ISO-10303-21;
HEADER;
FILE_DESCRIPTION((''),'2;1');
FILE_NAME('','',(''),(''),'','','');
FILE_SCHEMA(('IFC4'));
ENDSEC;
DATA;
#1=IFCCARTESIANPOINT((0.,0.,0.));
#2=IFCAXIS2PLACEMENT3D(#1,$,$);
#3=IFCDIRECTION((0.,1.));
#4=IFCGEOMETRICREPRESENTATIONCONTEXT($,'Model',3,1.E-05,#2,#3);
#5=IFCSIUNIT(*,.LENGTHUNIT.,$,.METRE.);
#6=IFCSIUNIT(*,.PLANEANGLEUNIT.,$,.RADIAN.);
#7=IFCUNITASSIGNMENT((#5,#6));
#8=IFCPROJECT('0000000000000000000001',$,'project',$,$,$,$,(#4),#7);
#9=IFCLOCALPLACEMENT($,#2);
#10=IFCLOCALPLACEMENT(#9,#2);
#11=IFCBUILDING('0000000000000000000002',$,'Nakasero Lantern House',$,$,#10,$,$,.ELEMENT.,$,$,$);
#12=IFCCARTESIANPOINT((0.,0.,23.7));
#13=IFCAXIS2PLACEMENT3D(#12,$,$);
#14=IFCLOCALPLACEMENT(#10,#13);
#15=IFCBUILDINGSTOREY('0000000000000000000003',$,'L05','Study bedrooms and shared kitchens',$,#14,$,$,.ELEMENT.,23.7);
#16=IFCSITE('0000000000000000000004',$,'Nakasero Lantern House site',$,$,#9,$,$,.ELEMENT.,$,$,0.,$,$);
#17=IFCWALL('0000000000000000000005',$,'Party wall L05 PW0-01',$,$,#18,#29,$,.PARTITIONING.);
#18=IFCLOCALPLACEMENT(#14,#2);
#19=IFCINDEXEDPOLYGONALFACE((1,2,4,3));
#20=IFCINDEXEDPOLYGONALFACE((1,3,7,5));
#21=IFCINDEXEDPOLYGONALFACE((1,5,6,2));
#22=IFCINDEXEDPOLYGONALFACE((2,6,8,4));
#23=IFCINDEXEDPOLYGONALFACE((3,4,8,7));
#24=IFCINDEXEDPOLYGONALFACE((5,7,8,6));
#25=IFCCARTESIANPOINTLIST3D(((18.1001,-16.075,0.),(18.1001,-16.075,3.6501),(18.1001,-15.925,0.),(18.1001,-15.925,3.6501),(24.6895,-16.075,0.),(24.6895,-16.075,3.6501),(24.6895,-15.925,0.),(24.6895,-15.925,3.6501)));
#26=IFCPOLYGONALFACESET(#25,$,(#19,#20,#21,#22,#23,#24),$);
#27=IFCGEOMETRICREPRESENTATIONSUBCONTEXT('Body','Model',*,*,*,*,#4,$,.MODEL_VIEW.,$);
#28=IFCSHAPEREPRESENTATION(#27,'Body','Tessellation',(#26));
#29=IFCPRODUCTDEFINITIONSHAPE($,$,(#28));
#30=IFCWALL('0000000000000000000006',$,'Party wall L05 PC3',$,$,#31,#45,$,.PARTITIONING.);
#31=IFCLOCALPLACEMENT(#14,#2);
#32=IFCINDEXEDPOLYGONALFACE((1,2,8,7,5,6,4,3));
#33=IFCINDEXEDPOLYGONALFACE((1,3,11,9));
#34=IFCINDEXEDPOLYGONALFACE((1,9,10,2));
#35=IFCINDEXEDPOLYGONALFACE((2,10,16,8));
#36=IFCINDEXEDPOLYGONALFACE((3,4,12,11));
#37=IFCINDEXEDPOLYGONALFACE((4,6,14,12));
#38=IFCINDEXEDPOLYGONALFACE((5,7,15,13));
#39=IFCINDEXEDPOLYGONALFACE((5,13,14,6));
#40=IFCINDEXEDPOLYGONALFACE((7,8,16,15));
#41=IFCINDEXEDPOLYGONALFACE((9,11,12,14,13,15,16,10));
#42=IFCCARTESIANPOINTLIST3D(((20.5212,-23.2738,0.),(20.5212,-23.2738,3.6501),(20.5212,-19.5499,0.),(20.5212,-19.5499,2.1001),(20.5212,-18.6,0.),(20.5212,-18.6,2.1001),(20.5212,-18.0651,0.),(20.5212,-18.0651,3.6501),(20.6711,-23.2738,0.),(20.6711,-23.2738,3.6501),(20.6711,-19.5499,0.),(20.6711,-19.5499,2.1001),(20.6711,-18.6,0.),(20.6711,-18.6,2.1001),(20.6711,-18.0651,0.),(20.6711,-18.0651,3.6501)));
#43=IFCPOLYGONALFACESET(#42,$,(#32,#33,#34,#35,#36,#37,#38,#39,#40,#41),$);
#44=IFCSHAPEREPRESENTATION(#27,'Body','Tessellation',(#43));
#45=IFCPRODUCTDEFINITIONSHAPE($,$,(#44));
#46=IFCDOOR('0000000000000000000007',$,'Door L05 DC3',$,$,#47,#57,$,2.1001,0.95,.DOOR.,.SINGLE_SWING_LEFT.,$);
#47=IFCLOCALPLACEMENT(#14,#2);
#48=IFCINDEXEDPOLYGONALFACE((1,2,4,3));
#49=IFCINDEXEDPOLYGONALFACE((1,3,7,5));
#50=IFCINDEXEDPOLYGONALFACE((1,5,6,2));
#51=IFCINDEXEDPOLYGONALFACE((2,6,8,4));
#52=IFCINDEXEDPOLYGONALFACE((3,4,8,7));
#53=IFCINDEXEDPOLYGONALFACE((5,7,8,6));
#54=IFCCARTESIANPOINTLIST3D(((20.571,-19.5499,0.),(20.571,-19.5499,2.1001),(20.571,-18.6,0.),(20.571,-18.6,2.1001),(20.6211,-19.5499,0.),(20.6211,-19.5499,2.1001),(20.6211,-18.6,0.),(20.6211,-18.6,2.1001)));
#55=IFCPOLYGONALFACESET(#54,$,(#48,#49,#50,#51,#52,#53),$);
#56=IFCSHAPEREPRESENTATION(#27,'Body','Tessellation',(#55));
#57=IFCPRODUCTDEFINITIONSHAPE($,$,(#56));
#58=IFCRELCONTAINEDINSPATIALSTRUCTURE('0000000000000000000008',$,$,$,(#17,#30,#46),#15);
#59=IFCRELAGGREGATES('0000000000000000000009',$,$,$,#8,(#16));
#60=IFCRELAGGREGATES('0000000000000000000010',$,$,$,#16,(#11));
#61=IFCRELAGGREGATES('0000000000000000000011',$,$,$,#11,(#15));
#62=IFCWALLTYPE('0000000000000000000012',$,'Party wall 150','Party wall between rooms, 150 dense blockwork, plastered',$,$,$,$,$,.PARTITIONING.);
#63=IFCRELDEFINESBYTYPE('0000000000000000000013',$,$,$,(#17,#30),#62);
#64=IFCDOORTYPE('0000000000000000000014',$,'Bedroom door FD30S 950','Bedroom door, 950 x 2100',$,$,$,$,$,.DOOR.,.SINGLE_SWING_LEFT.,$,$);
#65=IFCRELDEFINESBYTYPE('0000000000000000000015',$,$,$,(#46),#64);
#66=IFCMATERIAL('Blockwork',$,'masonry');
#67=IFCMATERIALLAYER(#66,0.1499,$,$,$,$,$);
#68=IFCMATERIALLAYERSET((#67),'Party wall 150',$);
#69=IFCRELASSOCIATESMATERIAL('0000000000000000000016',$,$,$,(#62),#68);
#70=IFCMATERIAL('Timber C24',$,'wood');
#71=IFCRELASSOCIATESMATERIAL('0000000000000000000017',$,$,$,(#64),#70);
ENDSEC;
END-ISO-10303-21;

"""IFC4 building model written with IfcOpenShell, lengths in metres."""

from ifc_helpers import new_model, si_unit, direction, frame, frame_2d, origin, place, context, subcontext, project, spatial, rectangle, extrude, material, layer, layer_set, type_object, element, fill, save


model = new_model("IFC4")

# Units and contexts
model_context = context("Model", 3, precision=1e-05, world=origin(), true_north=direction((0.0, 1.0)))
body_context = subcontext(model_context, "Body", "Model", "MODEL_VIEW")
ifc_project = project(units=[si_unit("LENGTHUNIT", "METRE"), si_unit("PLANEANGLEUNIT", "RADIAN")], contexts=[model_context])

# Site, building, storey
site_placement = place(None, origin())
site = spatial("IfcSite", under=ifc_project, at=site_placement, Name="Nakasero Lantern House site", CompositionType="ELEMENT", RefElevation=0.0)
building_placement = place(site_placement, origin())
building = spatial("IfcBuilding", under=site, at=building_placement, Name="Nakasero Lantern House", CompositionType="ELEMENT")
storey_placement = place(building_placement, frame((0.0, 0.0, 23.7)))
storey = spatial("IfcBuildingStorey", under=building, at=storey_placement, Name="L05", Description="Study bedrooms and shared kitchens", CompositionType="ELEMENT", Elevation=23.7)

# Wall
ifc_material_1 = material(Name="Blockwork", Category="masonry")
ifc_layer_1 = layer(ifc_material_1, 0.1499)
ifc_layer_set_1 = layer_set([ifc_layer_1], Name="Party wall 150")
wall_type_1 = type_object("IfcWallType", Name="Party wall 150", Description="Party wall between rooms, 150 dense blockwork, plastered", PredefinedType="PARTITIONING", material=ifc_layer_set_1)
wall_1_placement = place(storey_placement, frame((18.1001, -16.0, 0.0), z_axis=(0.0, 0.0, 1.0), x_axis=(1.0, 0.0, 0.0)))
element("IfcWall", 1, at=wall_1_placement, inside=storey, type_object=wall_type_1, Name="Party wall L05 PW0-01", PredefinedType="PARTITIONING", context=body_context, shape_type="SweptSolid", body=[
    extrude(rectangle(XDim=6.5894, YDim=0.1499, at=frame_2d((3.2947, 0.0))), origin(), (0.0, 0.0, 1.0), 3.6501),
])

# Wall, opening, door
wall_2_placement = place(storey_placement, frame((20.5962, -18.0649, 0.0), z_axis=(0.0, 0.0, 1.0), x_axis=(0.0, -1.0, 0.0)))
wall_2 = element("IfcWall", 2, at=wall_2_placement, inside=storey, type_object=wall_type_1, Name="Party wall L05 PC3", PredefinedType="PARTITIONING", context=body_context, shape_type="SweptSolid", body=[
    extrude(rectangle(XDim=5.2087, YDim=0.1499, at=frame_2d((2.6045, 0.0))), origin(), (0.0, 0.0, 1.0), 3.6501),
])
opening_1_placement = place(wall_2_placement, frame((0.5349, 0.0, 0.0)))
opening_1 = element("IfcOpeningElement", 3, at=opening_1_placement, cuts=wall_2, PredefinedType="OPENING", context=body_context, shape_type="SweptSolid", body=[
    extrude(rectangle(XDim=0.95, YDim=2.1001, at=frame_2d((0.4751, 1.05))), frame((0.0, 0.095, 0.0), z_axis=(0.0, -1.0, 0.0), x_axis=(1.0, 0.0, 0.0)), (0.0, 0.0, 1.0), 0.1899),
])
ifc_material_2 = material(Name="Timber C24", Category="wood")
door_type_1 = type_object("IfcDoorType", Name="Bedroom door FD30S 950", Description="Bedroom door, 950 x 2100", OperationType="SINGLE_SWING_LEFT", PredefinedType="DOOR", material=ifc_material_2)
door_1_placement = place(opening_1_placement, origin())
door_1 = element("IfcDoor", 4, at=door_1_placement, inside=storey, type_object=door_type_1, Name="Door L05 DC3", OperationType="SINGLE_SWING_LEFT", OverallHeight=2.1001, OverallWidth=0.95, PredefinedType="DOOR", context=body_context, shape_type="SweptSolid", body=[
    extrude(rectangle(XDim=0.95, YDim=2.1001, at=frame_2d((0.4751, 1.05))), frame((0.0, 0.0249, 0.0), z_axis=(0.0, -1.0, 0.0), x_axis=(1.0, 0.0, 0.0)), (0.0, 0.0, 1.0), 0.05),
])
fill(opening_1, door_1)

save(model, "model.ifc")
